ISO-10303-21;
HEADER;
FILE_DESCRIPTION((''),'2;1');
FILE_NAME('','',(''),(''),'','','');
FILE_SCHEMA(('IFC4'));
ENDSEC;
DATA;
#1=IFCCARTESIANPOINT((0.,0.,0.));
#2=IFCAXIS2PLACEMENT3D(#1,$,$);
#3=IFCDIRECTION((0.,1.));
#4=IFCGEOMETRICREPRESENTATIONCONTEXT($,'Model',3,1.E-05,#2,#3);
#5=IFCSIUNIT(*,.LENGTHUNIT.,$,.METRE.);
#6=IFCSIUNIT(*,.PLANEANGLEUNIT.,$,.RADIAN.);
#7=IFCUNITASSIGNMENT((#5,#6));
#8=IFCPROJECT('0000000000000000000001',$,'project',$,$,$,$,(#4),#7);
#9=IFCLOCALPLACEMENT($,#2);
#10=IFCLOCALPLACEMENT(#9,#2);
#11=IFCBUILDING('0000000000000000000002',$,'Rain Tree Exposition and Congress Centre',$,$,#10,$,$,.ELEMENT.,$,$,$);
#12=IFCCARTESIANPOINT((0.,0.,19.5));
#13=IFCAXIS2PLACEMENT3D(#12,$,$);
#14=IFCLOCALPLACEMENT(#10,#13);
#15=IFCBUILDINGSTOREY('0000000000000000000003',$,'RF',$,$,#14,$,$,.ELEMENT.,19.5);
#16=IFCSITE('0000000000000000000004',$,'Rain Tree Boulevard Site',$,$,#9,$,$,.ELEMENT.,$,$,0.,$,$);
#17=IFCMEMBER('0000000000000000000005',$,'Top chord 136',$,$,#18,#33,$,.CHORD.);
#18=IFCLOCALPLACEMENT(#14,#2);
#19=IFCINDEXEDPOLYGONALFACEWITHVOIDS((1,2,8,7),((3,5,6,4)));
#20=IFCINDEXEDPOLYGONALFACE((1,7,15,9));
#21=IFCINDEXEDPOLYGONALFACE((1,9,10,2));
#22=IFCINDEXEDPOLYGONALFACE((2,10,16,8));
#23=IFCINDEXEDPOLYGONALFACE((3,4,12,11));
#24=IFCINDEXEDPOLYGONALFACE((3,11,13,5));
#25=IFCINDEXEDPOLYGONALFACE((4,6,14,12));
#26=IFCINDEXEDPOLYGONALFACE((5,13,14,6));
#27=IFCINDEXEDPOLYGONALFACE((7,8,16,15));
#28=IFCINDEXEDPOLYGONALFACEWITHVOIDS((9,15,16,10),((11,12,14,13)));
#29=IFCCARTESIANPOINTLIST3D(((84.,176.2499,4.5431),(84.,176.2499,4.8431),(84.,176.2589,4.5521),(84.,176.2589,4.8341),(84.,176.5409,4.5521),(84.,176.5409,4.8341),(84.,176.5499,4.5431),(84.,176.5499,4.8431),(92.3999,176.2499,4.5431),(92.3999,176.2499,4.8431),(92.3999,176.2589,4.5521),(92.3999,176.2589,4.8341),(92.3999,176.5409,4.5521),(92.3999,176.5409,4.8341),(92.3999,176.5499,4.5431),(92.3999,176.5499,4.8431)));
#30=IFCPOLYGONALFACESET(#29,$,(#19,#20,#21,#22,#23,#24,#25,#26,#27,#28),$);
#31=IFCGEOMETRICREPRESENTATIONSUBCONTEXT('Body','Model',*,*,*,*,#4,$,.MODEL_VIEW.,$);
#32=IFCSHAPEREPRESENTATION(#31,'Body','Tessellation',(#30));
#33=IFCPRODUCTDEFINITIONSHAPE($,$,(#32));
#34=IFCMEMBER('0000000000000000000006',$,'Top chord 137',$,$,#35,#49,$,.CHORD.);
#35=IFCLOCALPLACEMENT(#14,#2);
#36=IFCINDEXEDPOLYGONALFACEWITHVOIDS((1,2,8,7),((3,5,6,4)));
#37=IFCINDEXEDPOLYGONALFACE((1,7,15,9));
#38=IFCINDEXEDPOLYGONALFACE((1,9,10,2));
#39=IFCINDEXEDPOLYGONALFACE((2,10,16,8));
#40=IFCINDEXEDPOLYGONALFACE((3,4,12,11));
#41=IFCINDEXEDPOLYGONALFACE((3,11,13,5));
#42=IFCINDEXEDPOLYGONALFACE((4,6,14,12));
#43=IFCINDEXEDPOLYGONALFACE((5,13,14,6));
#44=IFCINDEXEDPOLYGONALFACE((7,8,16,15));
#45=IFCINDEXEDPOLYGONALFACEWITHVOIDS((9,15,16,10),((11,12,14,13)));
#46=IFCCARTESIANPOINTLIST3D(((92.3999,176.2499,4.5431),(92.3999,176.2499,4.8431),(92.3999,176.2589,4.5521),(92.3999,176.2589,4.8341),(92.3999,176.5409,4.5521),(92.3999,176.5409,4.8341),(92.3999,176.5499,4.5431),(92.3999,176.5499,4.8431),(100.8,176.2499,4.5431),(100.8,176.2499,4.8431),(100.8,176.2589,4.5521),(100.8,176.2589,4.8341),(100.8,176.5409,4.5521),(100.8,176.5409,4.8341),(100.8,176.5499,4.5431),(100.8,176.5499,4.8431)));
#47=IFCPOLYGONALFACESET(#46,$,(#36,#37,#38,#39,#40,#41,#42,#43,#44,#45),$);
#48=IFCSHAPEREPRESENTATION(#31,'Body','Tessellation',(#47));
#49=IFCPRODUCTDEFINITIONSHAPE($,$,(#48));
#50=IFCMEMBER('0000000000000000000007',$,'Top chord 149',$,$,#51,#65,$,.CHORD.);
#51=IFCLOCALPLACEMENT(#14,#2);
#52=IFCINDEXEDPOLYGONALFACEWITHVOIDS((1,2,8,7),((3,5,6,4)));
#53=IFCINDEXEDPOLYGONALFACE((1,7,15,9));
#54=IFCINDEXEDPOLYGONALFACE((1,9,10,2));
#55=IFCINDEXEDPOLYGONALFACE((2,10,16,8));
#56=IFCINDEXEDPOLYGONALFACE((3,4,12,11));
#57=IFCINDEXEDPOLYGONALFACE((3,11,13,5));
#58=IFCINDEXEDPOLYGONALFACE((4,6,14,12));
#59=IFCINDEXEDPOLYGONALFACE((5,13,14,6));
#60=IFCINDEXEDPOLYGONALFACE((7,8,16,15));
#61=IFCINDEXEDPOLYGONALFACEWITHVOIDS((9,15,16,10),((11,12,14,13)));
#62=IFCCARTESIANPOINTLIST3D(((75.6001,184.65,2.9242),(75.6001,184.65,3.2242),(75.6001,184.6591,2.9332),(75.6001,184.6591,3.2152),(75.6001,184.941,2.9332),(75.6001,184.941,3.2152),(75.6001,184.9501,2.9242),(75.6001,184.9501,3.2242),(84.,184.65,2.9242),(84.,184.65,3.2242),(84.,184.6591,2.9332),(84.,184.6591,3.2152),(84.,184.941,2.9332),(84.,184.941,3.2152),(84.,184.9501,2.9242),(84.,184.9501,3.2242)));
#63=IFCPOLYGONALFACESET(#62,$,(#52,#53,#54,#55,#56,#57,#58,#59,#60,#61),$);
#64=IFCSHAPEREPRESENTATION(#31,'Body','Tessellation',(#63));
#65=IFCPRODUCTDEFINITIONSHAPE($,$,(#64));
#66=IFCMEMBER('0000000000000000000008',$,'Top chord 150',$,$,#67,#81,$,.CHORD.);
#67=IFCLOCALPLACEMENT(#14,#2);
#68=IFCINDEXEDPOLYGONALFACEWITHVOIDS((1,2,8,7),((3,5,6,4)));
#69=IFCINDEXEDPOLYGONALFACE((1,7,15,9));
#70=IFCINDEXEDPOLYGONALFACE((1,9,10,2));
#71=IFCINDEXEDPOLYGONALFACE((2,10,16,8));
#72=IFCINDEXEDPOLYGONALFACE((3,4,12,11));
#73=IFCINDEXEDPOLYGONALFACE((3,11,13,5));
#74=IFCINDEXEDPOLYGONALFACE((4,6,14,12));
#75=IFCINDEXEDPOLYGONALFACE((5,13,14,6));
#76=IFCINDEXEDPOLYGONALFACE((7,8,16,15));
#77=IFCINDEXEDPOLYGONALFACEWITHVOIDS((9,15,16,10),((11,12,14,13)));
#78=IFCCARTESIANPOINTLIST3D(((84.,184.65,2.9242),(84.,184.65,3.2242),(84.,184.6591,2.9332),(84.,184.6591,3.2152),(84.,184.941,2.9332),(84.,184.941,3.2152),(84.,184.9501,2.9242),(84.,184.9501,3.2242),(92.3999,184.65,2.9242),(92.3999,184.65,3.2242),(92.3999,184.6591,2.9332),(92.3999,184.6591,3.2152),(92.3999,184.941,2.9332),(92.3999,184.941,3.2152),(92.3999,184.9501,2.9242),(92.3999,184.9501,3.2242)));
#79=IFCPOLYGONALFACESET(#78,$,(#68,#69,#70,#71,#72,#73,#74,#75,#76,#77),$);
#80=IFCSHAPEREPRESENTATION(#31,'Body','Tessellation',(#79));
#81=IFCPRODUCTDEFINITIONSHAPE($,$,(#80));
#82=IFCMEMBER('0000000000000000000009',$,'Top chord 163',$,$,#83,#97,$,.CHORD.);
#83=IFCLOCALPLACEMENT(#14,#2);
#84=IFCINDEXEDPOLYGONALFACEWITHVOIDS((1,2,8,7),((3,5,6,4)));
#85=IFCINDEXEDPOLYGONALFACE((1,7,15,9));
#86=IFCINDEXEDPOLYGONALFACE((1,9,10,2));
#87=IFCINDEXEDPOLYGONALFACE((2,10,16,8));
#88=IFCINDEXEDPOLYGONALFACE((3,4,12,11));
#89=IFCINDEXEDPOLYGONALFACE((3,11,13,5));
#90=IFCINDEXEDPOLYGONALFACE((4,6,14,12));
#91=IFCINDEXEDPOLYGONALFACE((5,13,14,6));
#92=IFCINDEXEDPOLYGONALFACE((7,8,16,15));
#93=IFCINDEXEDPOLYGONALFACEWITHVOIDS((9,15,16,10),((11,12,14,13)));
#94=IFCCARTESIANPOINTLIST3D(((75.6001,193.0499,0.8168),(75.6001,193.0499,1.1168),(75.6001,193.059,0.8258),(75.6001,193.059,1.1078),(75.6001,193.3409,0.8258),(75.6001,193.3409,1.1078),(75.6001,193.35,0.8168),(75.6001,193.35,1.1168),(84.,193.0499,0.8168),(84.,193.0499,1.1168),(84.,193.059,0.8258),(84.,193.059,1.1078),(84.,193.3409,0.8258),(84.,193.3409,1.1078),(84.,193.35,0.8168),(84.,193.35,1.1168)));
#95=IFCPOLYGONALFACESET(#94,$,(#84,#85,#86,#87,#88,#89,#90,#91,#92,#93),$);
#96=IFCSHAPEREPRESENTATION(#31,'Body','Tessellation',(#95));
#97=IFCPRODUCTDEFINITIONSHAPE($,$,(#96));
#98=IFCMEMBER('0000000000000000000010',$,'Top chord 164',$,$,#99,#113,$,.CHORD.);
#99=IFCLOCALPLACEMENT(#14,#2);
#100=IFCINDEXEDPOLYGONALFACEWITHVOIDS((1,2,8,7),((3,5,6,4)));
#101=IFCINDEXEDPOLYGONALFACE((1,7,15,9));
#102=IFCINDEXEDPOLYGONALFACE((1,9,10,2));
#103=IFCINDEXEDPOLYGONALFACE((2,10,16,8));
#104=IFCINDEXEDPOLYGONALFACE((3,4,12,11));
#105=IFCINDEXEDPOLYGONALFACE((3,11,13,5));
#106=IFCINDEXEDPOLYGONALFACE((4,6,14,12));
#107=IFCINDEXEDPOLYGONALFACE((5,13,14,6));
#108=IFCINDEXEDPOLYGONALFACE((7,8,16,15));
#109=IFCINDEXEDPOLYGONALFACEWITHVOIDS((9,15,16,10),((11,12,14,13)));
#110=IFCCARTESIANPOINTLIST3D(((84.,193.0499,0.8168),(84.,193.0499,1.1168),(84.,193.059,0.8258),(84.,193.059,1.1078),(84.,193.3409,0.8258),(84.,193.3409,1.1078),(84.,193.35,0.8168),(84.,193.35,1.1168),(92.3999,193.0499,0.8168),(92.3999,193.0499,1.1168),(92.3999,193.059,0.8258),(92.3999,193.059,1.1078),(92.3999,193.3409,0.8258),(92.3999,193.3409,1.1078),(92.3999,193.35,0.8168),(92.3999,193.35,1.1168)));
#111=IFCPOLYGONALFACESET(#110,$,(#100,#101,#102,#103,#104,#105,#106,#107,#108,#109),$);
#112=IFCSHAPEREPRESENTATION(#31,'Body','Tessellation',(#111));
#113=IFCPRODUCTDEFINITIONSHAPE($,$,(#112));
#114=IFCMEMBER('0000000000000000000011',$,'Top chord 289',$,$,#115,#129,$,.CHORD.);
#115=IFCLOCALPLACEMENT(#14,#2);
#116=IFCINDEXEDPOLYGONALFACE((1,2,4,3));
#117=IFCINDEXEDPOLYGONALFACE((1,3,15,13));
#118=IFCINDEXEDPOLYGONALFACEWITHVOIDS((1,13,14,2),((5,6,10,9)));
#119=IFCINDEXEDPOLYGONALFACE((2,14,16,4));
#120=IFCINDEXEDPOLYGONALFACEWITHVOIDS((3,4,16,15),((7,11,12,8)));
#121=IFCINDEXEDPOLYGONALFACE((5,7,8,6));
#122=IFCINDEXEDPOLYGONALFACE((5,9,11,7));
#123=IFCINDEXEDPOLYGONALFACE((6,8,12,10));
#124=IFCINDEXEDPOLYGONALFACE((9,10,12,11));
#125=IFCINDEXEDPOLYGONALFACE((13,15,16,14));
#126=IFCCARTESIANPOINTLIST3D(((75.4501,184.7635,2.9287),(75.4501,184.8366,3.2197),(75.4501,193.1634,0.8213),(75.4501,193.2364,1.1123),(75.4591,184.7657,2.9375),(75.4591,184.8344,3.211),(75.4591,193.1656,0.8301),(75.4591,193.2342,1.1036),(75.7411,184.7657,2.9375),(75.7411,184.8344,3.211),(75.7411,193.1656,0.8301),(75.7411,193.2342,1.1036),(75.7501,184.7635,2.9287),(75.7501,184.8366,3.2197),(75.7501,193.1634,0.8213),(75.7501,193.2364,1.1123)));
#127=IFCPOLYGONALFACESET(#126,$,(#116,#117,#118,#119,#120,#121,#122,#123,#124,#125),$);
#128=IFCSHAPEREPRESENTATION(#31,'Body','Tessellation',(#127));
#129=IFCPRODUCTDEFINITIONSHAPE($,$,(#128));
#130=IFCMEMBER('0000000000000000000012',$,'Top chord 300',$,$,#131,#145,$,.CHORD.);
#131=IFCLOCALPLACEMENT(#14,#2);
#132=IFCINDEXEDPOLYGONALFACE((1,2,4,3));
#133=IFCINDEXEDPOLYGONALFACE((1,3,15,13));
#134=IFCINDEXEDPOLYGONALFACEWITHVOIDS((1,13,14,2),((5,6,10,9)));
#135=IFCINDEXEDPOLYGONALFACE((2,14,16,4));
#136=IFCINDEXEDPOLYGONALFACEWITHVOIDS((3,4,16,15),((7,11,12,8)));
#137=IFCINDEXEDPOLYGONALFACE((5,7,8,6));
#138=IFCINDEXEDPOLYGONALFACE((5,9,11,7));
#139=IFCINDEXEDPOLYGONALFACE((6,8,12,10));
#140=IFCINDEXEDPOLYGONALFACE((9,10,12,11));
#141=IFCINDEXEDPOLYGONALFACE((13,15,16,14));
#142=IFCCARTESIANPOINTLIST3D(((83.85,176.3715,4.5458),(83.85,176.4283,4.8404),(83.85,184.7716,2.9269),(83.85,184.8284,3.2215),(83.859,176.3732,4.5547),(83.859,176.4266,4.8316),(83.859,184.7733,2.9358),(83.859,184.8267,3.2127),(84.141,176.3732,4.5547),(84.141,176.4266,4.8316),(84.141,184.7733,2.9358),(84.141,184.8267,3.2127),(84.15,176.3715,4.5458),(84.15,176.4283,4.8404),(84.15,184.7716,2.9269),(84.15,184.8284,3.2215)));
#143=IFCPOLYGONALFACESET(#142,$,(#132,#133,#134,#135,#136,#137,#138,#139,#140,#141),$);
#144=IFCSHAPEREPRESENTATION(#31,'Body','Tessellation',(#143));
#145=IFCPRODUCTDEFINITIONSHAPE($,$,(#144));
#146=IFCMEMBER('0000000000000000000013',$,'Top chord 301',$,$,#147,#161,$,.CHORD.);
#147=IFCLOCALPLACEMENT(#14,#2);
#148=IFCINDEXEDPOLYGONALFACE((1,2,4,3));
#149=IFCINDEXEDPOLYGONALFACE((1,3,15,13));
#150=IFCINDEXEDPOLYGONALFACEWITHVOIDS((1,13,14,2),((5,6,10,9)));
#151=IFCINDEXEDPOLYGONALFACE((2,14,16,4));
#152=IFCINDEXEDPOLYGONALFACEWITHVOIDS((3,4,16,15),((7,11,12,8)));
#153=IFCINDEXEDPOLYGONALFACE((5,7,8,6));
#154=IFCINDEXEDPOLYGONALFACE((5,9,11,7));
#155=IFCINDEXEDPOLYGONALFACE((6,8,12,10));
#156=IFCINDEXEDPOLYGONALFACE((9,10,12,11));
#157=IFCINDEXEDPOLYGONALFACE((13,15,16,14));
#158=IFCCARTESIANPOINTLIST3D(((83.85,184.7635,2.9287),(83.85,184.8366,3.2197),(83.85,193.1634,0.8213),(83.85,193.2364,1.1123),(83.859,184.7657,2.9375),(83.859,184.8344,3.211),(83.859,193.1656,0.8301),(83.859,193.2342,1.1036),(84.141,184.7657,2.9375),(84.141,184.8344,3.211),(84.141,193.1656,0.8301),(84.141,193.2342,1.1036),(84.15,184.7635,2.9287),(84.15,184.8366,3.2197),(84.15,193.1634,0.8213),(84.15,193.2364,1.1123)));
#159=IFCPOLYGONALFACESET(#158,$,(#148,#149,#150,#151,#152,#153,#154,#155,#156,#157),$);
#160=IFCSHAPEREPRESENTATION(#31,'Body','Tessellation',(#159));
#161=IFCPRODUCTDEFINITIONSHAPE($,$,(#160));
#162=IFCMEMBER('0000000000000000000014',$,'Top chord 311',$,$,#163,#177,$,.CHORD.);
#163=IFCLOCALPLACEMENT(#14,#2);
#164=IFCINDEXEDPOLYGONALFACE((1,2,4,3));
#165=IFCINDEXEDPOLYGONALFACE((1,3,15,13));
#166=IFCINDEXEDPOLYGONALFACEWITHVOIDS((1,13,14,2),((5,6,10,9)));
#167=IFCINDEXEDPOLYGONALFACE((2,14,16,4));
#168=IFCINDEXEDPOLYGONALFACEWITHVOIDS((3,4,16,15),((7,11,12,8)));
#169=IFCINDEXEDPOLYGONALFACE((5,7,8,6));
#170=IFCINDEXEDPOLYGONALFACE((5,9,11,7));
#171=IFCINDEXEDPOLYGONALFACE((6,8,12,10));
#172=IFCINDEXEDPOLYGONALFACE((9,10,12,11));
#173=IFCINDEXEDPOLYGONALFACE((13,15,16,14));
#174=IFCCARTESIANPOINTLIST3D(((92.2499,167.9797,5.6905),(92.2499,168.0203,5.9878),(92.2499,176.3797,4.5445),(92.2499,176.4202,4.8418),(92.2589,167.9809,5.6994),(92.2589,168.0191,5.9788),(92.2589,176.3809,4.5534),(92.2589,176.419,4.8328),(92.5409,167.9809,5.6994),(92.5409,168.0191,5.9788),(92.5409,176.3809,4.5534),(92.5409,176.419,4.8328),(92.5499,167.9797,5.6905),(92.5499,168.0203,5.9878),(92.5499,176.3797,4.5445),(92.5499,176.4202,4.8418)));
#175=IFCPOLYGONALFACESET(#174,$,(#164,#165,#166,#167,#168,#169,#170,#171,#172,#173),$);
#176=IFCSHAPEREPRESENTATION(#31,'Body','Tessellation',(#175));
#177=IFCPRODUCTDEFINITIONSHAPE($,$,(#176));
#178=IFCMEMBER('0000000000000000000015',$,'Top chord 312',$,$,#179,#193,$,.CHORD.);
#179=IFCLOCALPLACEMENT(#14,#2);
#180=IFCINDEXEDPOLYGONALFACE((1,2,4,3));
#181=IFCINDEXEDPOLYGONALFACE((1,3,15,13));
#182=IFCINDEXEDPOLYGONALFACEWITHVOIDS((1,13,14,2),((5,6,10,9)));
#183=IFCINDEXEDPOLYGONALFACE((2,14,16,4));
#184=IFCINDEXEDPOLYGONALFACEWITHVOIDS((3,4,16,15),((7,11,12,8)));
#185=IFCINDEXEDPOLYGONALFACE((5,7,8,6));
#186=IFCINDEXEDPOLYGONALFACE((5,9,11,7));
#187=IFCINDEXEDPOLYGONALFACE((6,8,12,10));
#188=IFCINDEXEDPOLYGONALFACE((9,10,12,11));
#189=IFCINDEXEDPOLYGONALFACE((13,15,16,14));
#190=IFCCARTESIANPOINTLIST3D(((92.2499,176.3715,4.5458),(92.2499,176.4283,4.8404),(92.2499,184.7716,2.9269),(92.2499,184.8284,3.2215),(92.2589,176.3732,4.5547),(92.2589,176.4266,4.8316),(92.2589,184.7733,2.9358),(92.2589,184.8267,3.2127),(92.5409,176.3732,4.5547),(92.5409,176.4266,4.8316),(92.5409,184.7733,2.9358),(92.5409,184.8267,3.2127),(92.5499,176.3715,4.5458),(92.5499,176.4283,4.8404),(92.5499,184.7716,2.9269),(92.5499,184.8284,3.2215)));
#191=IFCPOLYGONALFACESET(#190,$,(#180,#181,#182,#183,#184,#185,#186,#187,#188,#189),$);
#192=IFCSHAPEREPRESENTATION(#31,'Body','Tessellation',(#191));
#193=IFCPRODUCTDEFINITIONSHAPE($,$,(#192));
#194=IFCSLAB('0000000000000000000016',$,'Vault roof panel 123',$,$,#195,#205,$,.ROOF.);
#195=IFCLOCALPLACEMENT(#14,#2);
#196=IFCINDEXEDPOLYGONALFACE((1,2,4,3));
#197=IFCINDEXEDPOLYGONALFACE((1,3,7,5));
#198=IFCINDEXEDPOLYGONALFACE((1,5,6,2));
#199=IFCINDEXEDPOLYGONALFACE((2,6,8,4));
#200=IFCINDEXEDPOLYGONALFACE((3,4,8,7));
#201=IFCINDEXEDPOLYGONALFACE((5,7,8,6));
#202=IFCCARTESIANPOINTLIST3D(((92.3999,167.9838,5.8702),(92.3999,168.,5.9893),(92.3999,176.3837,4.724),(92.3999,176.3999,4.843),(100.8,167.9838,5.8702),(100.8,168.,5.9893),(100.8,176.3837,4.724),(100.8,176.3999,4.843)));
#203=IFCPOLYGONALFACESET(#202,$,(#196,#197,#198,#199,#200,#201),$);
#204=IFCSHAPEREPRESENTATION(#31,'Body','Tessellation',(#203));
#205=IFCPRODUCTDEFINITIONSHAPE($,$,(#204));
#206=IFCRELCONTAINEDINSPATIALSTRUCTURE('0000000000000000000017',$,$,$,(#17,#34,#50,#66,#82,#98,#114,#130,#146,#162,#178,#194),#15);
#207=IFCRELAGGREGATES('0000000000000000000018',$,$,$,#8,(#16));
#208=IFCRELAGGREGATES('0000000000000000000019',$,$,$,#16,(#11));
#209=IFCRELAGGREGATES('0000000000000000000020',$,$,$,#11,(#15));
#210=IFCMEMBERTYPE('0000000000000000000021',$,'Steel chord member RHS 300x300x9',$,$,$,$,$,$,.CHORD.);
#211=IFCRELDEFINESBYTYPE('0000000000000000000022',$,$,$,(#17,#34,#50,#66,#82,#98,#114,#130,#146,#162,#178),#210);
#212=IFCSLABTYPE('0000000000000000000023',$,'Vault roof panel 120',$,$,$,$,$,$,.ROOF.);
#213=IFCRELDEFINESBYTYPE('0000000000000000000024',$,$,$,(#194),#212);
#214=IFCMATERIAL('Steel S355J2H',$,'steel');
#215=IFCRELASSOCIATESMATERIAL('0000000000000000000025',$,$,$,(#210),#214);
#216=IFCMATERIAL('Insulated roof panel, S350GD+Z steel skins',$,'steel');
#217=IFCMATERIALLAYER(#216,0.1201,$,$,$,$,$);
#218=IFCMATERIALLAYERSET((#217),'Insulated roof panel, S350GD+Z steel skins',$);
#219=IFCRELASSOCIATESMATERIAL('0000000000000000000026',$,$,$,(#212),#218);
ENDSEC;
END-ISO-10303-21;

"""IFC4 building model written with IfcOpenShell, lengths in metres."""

from ifc_helpers import new_model, si_unit, direction, frame, origin, origin_2d, place, context, subcontext, project, spatial, polyline, hollow_rectangle, outline, extrude, material, layer, layer_set, material_profile, profile_set, type_object, element, save


model = new_model("IFC4")

# Units and contexts
model_context = context("Model", 3, precision=1e-05, world=origin(), true_north=direction((0.0, 1.0)))
body_context = subcontext(model_context, "Body", "Model", "MODEL_VIEW")
ifc_project = project(units=[si_unit("LENGTHUNIT", "METRE"), si_unit("PLANEANGLEUNIT", "RADIAN")], contexts=[model_context])

# Site, building, storey
site_placement = place(None, origin())
site = spatial("IfcSite", under=ifc_project, at=site_placement, Name="Rain Tree Boulevard Site", CompositionType="ELEMENT", RefElevation=0.0)
building_placement = place(site_placement, origin())
building = spatial("IfcBuilding", under=site, at=building_placement, Name="Rain Tree Exposition and Congress Centre", CompositionType="ELEMENT")
storey_placement = place(building_placement, frame((0.0, 0.0, 19.5)))
storey = spatial("IfcBuildingStorey", under=building, at=storey_placement, Name="RF", CompositionType="ELEMENT", Elevation=19.5)

# Members
ifc_material_1 = material(Name="Steel S355J2H", Category="steel")
ifc_material_profile_1 = material_profile(ifc_material_1, hollow_rectangle(XDim=0.3, YDim=0.3, WallThickness=0.009, at=origin_2d()), Name="RHS 300x300x9")
ifc_profile_set_1 = profile_set([ifc_material_profile_1], Name="Steel S355J2H")
member_type = type_object("IfcMemberType", Name="Steel chord member RHS 300x300x9", PredefinedType="CHORD", material=ifc_profile_set_1)
member_1_placement = place(storey_placement, frame((84.0, 176.3999, 4.6931), z_axis=(1.0, 0.0, 0.0), x_axis=(0.0, 1.0, 0.0)))
element("IfcMember", 1, at=member_1_placement, inside=storey, type_object=member_type, Name="Top chord 136", PredefinedType="CHORD", context=body_context, shape_type="SweptSolid", body=[
    extrude(hollow_rectangle(XDim=0.3, YDim=0.3, WallThickness=0.009, at=origin_2d()), origin(), (0.0, 0.0, 1.0), 8.3999),
])
member_2_placement = place(storey_placement, frame((92.3999, 176.3999, 4.6931), z_axis=(1.0, 0.0, 0.0), x_axis=(0.0, 1.0, 0.0)))
element("IfcMember", 2, at=member_2_placement, inside=storey, type_object=member_type, Name="Top chord 137", PredefinedType="CHORD", context=body_context, shape_type="SweptSolid", body=[
    extrude(hollow_rectangle(XDim=0.3, YDim=0.3, WallThickness=0.009, at=origin_2d()), origin(), (0.0, 0.0, 1.0), 8.4001),
])
for number, where, z_axis, x_axis, name in (
    (3, (75.6001, 184.8, 3.0742), (1.0, 0.0, 0.0), (0.0, 1.0, 0.0), "Top chord 149"),
    (4, (84.0, 184.8, 3.0742), (1.0, 0.0, 0.0), (0.0, 1.0, 0.0), "Top chord 150"),
    (5, (75.6001, 193.2, 0.9668), (1.0, 0.0, 0.0), (0.0, 1.0, 0.0), "Top chord 163"),
    (6, (84.0, 193.2, 0.9668), (1.0, 0.0, 0.0), (0.0, 1.0, 0.0), "Top chord 164"),
):
    element("IfcMember", number, at=place(storey_placement, frame(where, z_axis=z_axis, x_axis=x_axis)), inside=storey, type_object=member_type, Name=name, PredefinedType="CHORD", context=body_context, shape_type="SweptSolid", body=[
        extrude(hollow_rectangle(XDim=0.3, YDim=0.3, WallThickness=0.009, at=origin_2d()), origin(), (0.0, 0.0, 1.0), 8.3999),
    ])
member_3_placement = place(storey_placement, frame((75.6001, 184.8, 3.0742), z_axis=(0.0, 0.96994, -0.243345), x_axis=(-1.0, 0.0, 0.0)))
element("IfcMember", 7, at=member_3_placement, inside=storey, type_object=member_type, Name="Top chord 289", PredefinedType="CHORD", context=body_context, shape_type="SweptSolid", body=[
    extrude(hollow_rectangle(XDim=0.3, YDim=0.3, WallThickness=0.009, at=origin_2d()), origin(), (0.0, 0.0, 1.0), 8.6602),
])
member_4_placement = place(storey_placement, frame((84.0, 176.3999, 4.6931), z_axis=(0.0, 0.981931, -0.18924), x_axis=(-1.0, 0.0, 0.0)))
element("IfcMember", 8, at=member_4_placement, inside=storey, type_object=member_type, Name="Top chord 300", PredefinedType="CHORD", context=body_context, shape_type="SweptSolid", body=[
    extrude(hollow_rectangle(XDim=0.3, YDim=0.3, WallThickness=0.009, at=origin_2d()), origin(), (0.0, 0.0, 1.0), 8.5547),
])
member_5_placement = place(storey_placement, frame((84.0, 184.8, 3.0742), z_axis=(0.0, 0.96994, -0.243345), x_axis=(-1.0, 0.0, 0.0)))
element("IfcMember", 9, at=member_5_placement, inside=storey, type_object=member_type, Name="Top chord 301", PredefinedType="CHORD", context=body_context, shape_type="SweptSolid", body=[
    extrude(hollow_rectangle(XDim=0.3, YDim=0.3, WallThickness=0.009, at=origin_2d()), origin(), (0.0, 0.0, 1.0), 8.6602),
])
member_6_placement = place(storey_placement, frame((92.3999, 168.0, 5.8391), z_axis=(0.0, 0.990821, -0.135177), x_axis=(-1.0, 0.0, 0.0)))
element("IfcMember", 10, at=member_6_placement, inside=storey, type_object=member_type, Name="Top chord 311", PredefinedType="CHORD", context=body_context, shape_type="SweptSolid", body=[
    extrude(hollow_rectangle(XDim=0.3, YDim=0.3, WallThickness=0.009, at=origin_2d()), origin(), (0.0, 0.0, 1.0), 8.4778),
])
member_7_placement = place(storey_placement, frame((92.3999, 176.3999, 4.6931), z_axis=(0.0, 0.981931, -0.18924), x_axis=(-1.0, 0.0, 0.0)))
element("IfcMember", 11, at=member_7_placement, inside=storey, type_object=member_type, Name="Top chord 312", PredefinedType="CHORD", context=body_context, shape_type="SweptSolid", body=[
    extrude(hollow_rectangle(XDim=0.3, YDim=0.3, WallThickness=0.009, at=origin_2d()), origin(), (0.0, 0.0, 1.0), 8.5547),
])

# Slab
ifc_material_2 = material(Name="Insulated roof panel, S350GD+Z steel skins", Category="steel")
ifc_layer_1 = layer(ifc_material_2, 0.1201)
ifc_layer_set_1 = layer_set([ifc_layer_1], Name="Insulated roof panel, S350GD+Z steel skins")
slab_type = type_object("IfcSlabType", Name="Vault roof panel 120", PredefinedType="ROOF", material=ifc_layer_set_1)
slab_1_placement = place(storey_placement, frame((92.3999, 168.0, 5.9893), z_axis=(0.0, 0.135206, 0.990818), x_axis=(1.0, 0.0, 0.0)))
element("IfcSlab", 12, at=slab_1_placement, inside=storey, type_object=slab_type, Name="Vault roof panel 123", PredefinedType="ROOF", context=body_context, shape_type="SweptSolid", body=[
    extrude(outline(polyline([(0.0, 0.0), (8.4001, 0.0), (8.4001, 8.4777), (0.0, 8.4777), (0.0, 0.0)])), origin(), (0.0, 0.0, -1.0), 0.1201),
])

save(model, "model.ifc")
